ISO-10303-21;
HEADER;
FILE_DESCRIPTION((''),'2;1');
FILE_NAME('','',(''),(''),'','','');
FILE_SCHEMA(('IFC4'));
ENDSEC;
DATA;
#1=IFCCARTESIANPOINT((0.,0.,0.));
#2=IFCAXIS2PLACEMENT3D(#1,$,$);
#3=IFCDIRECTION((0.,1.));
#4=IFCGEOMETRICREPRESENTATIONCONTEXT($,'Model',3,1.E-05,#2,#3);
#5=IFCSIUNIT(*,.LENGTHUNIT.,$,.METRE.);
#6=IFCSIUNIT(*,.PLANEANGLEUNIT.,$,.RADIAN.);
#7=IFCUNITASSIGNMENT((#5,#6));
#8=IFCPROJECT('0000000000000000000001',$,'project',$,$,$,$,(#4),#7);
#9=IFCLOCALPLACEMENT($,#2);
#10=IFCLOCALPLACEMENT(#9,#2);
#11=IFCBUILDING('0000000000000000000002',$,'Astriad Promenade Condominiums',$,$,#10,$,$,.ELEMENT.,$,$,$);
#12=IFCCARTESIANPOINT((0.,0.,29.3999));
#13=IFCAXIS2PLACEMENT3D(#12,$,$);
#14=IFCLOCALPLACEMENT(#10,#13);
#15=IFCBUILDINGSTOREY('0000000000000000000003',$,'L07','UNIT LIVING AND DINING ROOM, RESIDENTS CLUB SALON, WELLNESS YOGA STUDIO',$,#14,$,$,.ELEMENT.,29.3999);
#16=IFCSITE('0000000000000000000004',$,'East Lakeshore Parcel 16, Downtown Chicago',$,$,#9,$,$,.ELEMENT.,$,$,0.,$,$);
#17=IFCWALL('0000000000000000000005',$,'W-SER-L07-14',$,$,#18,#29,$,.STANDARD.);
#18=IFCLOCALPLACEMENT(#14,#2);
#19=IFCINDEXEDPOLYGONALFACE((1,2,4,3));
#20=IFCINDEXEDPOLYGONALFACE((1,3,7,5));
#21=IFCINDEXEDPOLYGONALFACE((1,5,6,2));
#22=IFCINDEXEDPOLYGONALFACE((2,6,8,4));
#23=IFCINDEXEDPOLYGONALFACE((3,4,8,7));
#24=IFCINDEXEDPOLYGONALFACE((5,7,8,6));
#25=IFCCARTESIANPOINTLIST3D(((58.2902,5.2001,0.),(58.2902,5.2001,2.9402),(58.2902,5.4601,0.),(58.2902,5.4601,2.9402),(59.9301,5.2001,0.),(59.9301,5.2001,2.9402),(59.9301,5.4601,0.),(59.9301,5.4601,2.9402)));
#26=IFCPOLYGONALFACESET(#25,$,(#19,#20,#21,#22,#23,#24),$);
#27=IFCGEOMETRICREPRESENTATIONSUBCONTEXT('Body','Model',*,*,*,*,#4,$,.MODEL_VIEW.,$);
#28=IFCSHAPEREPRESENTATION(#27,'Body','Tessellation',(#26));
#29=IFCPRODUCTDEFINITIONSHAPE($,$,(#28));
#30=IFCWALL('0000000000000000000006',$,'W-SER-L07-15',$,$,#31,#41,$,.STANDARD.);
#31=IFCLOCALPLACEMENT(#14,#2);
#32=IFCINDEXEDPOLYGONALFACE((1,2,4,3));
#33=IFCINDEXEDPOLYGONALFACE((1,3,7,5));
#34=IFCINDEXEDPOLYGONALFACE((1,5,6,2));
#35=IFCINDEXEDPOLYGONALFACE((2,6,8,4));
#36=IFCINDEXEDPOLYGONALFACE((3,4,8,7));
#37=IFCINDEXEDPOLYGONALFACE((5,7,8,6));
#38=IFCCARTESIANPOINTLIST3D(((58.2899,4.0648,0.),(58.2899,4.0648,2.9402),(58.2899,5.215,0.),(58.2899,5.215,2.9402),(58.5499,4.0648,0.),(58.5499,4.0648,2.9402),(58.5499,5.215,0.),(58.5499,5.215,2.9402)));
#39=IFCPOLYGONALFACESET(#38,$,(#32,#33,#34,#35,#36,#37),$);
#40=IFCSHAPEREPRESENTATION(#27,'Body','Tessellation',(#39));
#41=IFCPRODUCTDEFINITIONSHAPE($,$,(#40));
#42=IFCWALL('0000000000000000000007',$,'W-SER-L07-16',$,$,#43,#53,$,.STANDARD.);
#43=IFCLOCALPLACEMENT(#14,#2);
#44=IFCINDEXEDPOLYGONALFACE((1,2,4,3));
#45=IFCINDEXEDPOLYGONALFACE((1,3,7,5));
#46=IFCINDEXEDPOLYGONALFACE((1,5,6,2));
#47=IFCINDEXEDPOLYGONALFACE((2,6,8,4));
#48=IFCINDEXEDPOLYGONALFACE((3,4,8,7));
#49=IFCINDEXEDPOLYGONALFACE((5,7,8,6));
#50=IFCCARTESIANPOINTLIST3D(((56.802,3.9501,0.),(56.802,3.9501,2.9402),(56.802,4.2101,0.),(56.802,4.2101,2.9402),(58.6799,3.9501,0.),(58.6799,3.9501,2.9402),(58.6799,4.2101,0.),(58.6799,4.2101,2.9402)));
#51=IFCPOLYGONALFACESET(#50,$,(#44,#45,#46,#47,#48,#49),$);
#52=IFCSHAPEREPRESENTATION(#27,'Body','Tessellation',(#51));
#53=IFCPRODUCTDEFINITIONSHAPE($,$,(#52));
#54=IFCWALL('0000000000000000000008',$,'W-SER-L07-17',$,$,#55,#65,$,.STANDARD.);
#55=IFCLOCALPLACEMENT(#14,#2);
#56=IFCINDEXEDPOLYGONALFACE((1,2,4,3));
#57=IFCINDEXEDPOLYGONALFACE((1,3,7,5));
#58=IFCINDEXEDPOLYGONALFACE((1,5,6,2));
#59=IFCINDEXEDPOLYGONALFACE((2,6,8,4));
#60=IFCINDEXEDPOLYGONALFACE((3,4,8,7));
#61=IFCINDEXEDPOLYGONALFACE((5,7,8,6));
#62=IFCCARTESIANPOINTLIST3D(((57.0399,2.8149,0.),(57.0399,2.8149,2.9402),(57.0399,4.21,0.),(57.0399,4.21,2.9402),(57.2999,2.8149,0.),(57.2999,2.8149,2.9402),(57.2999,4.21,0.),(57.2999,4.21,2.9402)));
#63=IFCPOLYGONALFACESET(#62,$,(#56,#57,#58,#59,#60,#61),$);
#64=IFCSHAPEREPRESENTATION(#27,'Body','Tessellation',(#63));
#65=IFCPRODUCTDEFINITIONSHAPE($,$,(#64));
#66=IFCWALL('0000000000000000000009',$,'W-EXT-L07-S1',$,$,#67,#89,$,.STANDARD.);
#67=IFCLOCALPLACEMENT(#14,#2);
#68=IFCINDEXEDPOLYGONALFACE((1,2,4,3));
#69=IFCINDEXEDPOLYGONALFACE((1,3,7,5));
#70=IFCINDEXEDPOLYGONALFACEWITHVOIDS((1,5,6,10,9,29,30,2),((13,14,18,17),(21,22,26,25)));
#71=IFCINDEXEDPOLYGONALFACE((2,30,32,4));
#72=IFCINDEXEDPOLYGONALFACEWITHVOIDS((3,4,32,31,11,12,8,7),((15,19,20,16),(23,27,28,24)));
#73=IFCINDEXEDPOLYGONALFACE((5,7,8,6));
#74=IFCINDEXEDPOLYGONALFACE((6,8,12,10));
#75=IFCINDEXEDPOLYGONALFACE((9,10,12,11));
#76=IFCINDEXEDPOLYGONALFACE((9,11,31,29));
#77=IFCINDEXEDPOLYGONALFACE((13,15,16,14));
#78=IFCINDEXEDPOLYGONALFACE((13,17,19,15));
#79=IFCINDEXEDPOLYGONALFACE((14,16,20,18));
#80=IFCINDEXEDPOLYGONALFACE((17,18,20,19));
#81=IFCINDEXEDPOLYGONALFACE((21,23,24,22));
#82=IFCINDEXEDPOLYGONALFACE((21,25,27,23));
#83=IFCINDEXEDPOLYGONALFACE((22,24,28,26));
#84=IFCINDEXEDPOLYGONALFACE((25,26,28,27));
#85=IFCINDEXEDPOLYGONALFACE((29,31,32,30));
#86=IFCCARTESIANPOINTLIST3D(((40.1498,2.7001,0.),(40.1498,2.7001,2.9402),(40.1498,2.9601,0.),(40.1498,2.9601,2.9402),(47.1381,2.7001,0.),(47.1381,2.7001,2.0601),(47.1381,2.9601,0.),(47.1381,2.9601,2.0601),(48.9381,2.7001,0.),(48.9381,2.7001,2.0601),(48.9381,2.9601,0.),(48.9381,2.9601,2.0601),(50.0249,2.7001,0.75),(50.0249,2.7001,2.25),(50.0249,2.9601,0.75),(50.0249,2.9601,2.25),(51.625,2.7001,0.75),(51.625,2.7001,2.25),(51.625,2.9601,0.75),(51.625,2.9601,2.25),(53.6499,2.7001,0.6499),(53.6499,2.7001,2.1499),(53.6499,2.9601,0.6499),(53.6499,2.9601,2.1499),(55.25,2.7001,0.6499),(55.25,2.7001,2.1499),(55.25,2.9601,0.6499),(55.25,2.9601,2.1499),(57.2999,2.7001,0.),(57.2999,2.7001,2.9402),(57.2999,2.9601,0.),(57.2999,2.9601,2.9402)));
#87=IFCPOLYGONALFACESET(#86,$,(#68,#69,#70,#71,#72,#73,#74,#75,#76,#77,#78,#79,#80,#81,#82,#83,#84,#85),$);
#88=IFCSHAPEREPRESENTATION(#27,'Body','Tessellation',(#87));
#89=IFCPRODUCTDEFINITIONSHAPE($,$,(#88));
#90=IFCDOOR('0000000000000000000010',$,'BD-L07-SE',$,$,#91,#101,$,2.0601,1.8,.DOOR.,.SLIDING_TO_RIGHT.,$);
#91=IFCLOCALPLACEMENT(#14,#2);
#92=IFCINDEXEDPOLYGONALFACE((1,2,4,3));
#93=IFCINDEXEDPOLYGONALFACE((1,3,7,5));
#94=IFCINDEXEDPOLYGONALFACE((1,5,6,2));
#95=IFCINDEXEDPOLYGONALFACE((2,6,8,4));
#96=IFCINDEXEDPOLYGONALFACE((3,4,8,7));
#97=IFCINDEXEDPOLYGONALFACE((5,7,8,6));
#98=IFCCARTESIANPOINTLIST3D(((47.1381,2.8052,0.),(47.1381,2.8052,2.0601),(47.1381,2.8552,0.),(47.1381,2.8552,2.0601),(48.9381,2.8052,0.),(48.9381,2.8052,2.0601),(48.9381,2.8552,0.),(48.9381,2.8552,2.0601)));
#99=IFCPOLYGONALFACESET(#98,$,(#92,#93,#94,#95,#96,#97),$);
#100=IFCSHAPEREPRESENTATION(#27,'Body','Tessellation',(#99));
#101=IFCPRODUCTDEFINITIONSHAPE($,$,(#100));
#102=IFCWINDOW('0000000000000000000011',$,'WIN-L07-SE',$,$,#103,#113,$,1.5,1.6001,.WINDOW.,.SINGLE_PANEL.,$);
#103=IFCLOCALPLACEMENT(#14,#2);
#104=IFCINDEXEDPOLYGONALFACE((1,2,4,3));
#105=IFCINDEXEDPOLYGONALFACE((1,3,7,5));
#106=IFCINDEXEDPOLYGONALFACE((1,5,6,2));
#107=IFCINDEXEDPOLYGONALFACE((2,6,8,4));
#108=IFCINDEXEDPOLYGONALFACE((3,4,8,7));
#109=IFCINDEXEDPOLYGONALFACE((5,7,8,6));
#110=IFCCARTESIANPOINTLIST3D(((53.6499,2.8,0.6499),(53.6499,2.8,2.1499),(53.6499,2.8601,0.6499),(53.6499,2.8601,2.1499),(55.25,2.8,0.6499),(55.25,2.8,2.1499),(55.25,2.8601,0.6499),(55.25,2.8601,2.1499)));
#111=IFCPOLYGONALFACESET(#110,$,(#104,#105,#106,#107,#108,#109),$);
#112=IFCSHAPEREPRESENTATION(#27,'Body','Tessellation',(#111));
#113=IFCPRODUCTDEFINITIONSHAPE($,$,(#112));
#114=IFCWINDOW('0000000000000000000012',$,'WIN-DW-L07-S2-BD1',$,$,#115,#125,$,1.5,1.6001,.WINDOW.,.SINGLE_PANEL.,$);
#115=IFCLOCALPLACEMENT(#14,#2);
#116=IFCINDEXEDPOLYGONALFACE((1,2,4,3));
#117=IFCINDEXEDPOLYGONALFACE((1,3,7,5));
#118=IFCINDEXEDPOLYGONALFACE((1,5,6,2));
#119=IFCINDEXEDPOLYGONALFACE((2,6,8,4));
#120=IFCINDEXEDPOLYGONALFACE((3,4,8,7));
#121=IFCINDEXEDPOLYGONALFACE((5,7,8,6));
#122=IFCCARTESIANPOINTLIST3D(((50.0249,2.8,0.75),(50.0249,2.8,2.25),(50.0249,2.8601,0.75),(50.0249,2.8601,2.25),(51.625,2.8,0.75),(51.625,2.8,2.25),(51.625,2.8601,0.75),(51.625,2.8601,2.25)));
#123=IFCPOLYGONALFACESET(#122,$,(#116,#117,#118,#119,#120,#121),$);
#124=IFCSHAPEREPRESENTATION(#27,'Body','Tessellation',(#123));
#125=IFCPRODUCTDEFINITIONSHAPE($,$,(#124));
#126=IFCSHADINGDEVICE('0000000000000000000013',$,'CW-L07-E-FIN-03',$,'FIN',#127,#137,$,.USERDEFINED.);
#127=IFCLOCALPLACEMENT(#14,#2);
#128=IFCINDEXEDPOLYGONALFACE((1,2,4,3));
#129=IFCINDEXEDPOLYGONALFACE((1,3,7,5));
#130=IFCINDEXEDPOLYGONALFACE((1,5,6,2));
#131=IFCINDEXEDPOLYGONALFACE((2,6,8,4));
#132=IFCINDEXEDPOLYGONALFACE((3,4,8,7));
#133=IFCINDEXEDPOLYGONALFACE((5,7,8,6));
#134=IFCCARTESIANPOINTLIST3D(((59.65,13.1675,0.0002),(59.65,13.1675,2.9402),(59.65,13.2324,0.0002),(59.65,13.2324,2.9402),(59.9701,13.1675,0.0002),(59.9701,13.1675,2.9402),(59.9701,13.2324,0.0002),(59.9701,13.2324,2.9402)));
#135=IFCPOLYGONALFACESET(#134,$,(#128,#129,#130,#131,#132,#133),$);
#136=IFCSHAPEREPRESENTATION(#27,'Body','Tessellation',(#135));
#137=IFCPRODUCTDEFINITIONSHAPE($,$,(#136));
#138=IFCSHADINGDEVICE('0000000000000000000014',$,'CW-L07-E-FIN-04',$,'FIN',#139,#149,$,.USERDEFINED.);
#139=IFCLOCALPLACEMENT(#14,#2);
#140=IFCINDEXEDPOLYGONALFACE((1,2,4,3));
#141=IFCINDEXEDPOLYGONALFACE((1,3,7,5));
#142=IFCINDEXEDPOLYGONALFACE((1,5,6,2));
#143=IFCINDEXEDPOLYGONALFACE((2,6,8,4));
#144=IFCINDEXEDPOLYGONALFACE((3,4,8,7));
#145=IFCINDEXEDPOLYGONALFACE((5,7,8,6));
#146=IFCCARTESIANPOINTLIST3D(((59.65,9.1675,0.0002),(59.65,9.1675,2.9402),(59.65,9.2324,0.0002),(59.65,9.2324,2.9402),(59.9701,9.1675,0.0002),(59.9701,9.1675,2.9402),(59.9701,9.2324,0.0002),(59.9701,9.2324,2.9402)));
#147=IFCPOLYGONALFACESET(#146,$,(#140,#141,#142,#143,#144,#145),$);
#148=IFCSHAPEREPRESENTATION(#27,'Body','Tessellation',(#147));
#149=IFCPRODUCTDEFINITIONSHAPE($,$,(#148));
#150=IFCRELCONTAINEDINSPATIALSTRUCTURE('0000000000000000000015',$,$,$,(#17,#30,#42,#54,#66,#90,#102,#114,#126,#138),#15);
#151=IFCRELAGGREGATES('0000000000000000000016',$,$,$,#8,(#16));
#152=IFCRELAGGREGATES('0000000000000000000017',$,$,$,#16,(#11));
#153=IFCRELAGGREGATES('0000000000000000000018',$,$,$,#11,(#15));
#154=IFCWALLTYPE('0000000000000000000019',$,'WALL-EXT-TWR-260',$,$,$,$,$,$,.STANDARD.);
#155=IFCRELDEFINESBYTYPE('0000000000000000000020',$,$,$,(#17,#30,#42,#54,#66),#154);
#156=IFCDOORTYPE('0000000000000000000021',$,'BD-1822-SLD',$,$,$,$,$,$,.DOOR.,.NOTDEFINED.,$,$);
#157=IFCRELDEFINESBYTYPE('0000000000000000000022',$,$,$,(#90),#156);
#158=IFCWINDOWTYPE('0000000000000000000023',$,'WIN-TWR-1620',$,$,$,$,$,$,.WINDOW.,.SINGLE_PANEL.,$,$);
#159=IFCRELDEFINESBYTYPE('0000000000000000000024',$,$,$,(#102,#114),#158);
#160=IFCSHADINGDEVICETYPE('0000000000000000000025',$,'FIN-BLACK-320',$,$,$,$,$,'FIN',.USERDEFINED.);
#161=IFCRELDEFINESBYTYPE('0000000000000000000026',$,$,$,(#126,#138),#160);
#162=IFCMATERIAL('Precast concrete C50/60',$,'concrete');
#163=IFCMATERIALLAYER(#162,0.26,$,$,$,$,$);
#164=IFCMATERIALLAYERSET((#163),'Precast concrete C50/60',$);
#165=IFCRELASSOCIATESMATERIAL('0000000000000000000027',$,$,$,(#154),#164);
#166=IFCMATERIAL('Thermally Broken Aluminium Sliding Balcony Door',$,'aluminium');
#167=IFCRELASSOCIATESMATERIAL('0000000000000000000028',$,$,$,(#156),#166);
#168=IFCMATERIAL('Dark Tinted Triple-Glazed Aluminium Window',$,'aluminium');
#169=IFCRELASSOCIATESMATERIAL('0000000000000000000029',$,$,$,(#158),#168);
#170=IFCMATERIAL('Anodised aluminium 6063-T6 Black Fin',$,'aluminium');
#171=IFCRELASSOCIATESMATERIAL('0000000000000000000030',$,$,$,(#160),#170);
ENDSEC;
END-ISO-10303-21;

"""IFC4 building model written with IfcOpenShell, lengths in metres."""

from ifc_helpers import new_model, si_unit, direction, frame, frame_2d, origin, origin_2d, place, context, subcontext, project, spatial, rectangle, extrude, source, transform, mapped, material, layer, layer_set, type_object, type_shapes, element, fill, save


model = new_model("IFC4")

# Units and contexts
model_context = context("Model", 3, precision=1e-05, world=origin(), true_north=direction((0.0, 1.0)))
body_context = subcontext(model_context, "Body", "Model", "MODEL_VIEW")
ifc_project = project(units=[si_unit("LENGTHUNIT", "METRE"), si_unit("PLANEANGLEUNIT", "RADIAN")], contexts=[model_context])

# Site, building, storey
site_placement = place(None, origin())
site = spatial("IfcSite", under=ifc_project, at=site_placement, Name="East Lakeshore Parcel 16, Downtown Chicago", CompositionType="ELEMENT", RefElevation=0.0)
building_placement = place(site_placement, origin())
building = spatial("IfcBuilding", under=site, at=building_placement, Name="Astriad Promenade Condominiums", CompositionType="ELEMENT")
storey_placement = place(building_placement, frame((0.0, 0.0, 29.3999)))
storey = spatial("IfcBuildingStorey", under=building, at=storey_placement, Name="L07", Description="UNIT LIVING AND DINING ROOM, RESIDENTS CLUB SALON, WELLNESS YOGA STUDIO", CompositionType="ELEMENT", Elevation=29.3999)

# Walls
ifc_material_1 = material(Name="Precast concrete C50/60", Category="concrete")
ifc_layer_1 = layer(ifc_material_1, 0.26)
ifc_layer_set_1 = layer_set([ifc_layer_1], Name="Precast concrete C50/60")
wall_type = type_object("IfcWallType", Name="WALL-EXT-TWR-260", PredefinedType="STANDARD", material=ifc_layer_set_1)
wall_1_placement = place(storey_placement, frame((59.9299, 5.3301, 0.0), z_axis=(0.0, 0.0, 1.0), x_axis=(-1.0, 0.0, 0.0)))
element("IfcWall", 1, at=wall_1_placement, inside=storey, type_object=wall_type, Name="W-SER-L07-14", PredefinedType="STANDARD", context=body_context, shape_type="SweptSolid", body=[
    extrude(rectangle(XDim=1.6399, YDim=0.26, at=frame_2d((0.8198, 0.0))), origin(), (0.0, 0.0, 1.0), 2.9402),
])
wall_2_placement = place(storey_placement, frame((58.4199, 5.2151, 0.0), z_axis=(0.0, 0.0, 1.0), x_axis=(0.0, -1.0, 0.0)))
element("IfcWall", 2, at=wall_2_placement, inside=storey, type_object=wall_type, Name="W-SER-L07-15", PredefinedType="STANDARD", context=body_context, shape_type="SweptSolid", body=[
    extrude(rectangle(XDim=1.1501, YDim=0.26, at=frame_2d((0.5752, 0.0))), origin(), (0.0, 0.0, 1.0), 2.9402),
])
wall_3_placement = place(storey_placement, frame((58.6799, 4.0801, 0.0), z_axis=(0.0, 0.0, 1.0), x_axis=(-1.0, 0.0, 0.0)))
element("IfcWall", 3, at=wall_3_placement, inside=storey, type_object=wall_type, Name="W-SER-L07-16", PredefinedType="STANDARD", context=body_context, shape_type="SweptSolid", body=[
    extrude(rectangle(XDim=1.8779, YDim=0.26, at=frame_2d((0.939, 0.0))), origin(), (0.0, 0.0, 1.0), 2.9402),
])
wall_4_placement = place(storey_placement, frame((57.1699, 4.21, 0.0), z_axis=(0.0, 0.0, 1.0), x_axis=(0.0, -1.0, 0.0)))
element("IfcWall", 4, at=wall_4_placement, inside=storey, type_object=wall_type, Name="W-SER-L07-17", PredefinedType="STANDARD", context=body_context, shape_type="SweptSolid", body=[
    extrude(rectangle(XDim=1.395, YDim=0.26, at=frame_2d((0.6975, 0.0))), origin(), (0.0, 0.0, 1.0), 2.9402),
])

# Wall, openings, door, windows
wall_5_placement = place(storey_placement, frame((57.3, 2.8301, 0.0), z_axis=(0.0, 0.0, 1.0), x_axis=(-1.0, 0.0, 0.0)))
wall_5 = element("IfcWall", 5, at=wall_5_placement, inside=storey, type_object=wall_type, Name="W-EXT-L07-S1", PredefinedType="STANDARD", context=body_context, shape_type="SweptSolid", body=[
    extrude(rectangle(XDim=17.1501, YDim=0.26, at=frame_2d((8.5752, 0.0))), origin(), (0.0, 0.0, 1.0), 2.9402),
])
opening_1_placement = place(wall_5_placement, frame((8.3621, 0.0, 0.0)))
opening_1 = element("IfcOpeningElement", 6, at=opening_1_placement, cuts=wall_5, PredefinedType="OPENING", context=body_context, shape_type="SweptSolid", body=[
    extrude(rectangle(XDim=1.8, YDim=2.0601, at=frame_2d((0.8999, 1.03))), frame((0.0, 0.1399, 0.0), z_axis=(0.0, -1.0, 0.0), x_axis=(1.0, 0.0, 0.0)), (0.0, 0.0, 1.0), 0.28),
])
opening_2_placement = place(wall_5_placement, frame((2.05, 0.0, 0.6499)))
opening_2 = element("IfcOpeningElement", 7, at=opening_2_placement, cuts=wall_5, PredefinedType="OPENING", context=body_context, shape_type="SweptSolid", body=[
    extrude(rectangle(XDim=1.6001, YDim=1.5, at=frame_2d((0.8, 0.75))), frame((0.0, 0.1399, 0.0), z_axis=(0.0, -1.0, 0.0), x_axis=(1.0, 0.0, 0.0)), (0.0, 0.0, 1.0), 0.28),
])
opening_3_placement = place(wall_5_placement, frame((5.675, 0.0, 0.75)))
opening_3 = element("IfcOpeningElement", 8, at=opening_3_placement, cuts=wall_5, PredefinedType="OPENING", context=body_context, shape_type="SweptSolid", body=[
    extrude(rectangle(XDim=1.6001, YDim=1.5, at=frame_2d((0.8, 0.75))), frame((0.0, 0.1399, 0.0), z_axis=(0.0, -1.0, 0.0), x_axis=(1.0, 0.0, 0.0)), (0.0, 0.0, 1.0), 0.28),
])
ifc_material_2 = material(Name="Thermally Broken Aluminium Sliding Balcony Door", Category="aluminium")
door_type = type_object("IfcDoorType", Name="BD-1822-SLD", OperationType="NOTDEFINED", PredefinedType="DOOR", material=ifc_material_2)
shared_shape_1 = source(origin(), body_context, "Body", "SweptSolid", [
    extrude(rectangle(XDim=1.8, YDim=2.0601, at=frame_2d((0.8999, 1.03))), frame((0.0, 0.0249, 0.0), z_axis=(0.0, -1.0, 0.0), x_axis=(1.0, 0.0, 0.0)), (0.0, 0.0, 1.0), 0.05),
])
type_shapes(door_type, [shared_shape_1])
door_placement = place(opening_1_placement, origin())
door = element("IfcDoor", 9, at=door_placement, inside=storey, type_object=door_type, Name="BD-L07-SE", OperationType="SLIDING_TO_RIGHT", OverallHeight=2.0601, OverallWidth=1.8, PredefinedType="DOOR", context=body_context, shape_type="MappedRepresentation", body=[
    mapped(shared_shape_1, transform((0.0, 0.0, 0.0), scale=1.0)),
])
fill(opening_1, door)
ifc_material_3 = material(Name="Dark Tinted Triple-Glazed Aluminium Window", Category="aluminium")
window_type = type_object("IfcWindowType", Name="WIN-TWR-1620", PartitioningType="SINGLE_PANEL", PredefinedType="WINDOW", material=ifc_material_3)
shared_shape_2 = source(origin(), body_context, "Body", "SweptSolid", [
    extrude(rectangle(XDim=1.6001, YDim=1.5, at=frame_2d((0.8, 0.75))), frame((0.0, 0.03, 0.0), z_axis=(0.0, -1.0, 0.0), x_axis=(1.0, 0.0, 0.0)), (0.0, 0.0, 1.0), 0.0601),
])
type_shapes(window_type, [shared_shape_2])
window_1_placement = place(opening_2_placement, origin())
window_1 = element("IfcWindow", 10, at=window_1_placement, inside=storey, type_object=window_type, Name="WIN-L07-SE", OverallHeight=1.5, OverallWidth=1.6001, PartitioningType="SINGLE_PANEL", PredefinedType="WINDOW", context=body_context, shape_type="MappedRepresentation", body=[
    mapped(shared_shape_2, transform((0.0, 0.0, 0.0), scale=1.0)),
])
fill(opening_2, window_1)
window_2_placement = place(opening_3_placement, origin())
window_2 = element("IfcWindow", 11, at=window_2_placement, inside=storey, type_object=window_type, Name="WIN-DW-L07-S2-BD1", OverallHeight=1.5, OverallWidth=1.6001, PartitioningType="SINGLE_PANEL", PredefinedType="WINDOW", context=body_context, shape_type="MappedRepresentation", body=[
    mapped(shared_shape_2, transform((0.0, 0.0, 0.0), scale=1.0)),
])
fill(opening_3, window_2)

# Shading devices
ifc_material_4 = material(Name="Anodised aluminium 6063-T6 Black Fin", Category="aluminium")
shading_device_type = type_object("IfcShadingDeviceType", Name="FIN-BLACK-320", ElementType="FIN", PredefinedType="USERDEFINED", material=ifc_material_4)
shared_shape_3 = source(origin(), body_context, "Body", "SweptSolid", [
    extrude(rectangle(XDim=0.0649, YDim=0.3201, at=origin_2d()), origin(), (0.0, 0.0, 1.0), 2.9399),
])
type_shapes(shading_device_type, [shared_shape_3])
for number, where, z_axis, x_axis, name in (
    (12, (59.8101, 13.2, 0.0002), (0.0, 0.0, 1.0), (0.0, -1.0, 0.0), "CW-L07-E-FIN-03"),
    (13, (59.8101, 9.2, 0.0002), (0.0, 0.0, 1.0), (0.0, -1.0, 0.0), "CW-L07-E-FIN-04"),
):
    element("IfcShadingDevice", number, at=place(storey_placement, frame(where, z_axis=z_axis, x_axis=x_axis)), inside=storey, type_object=shading_device_type, Name=name, ObjectType="FIN", PredefinedType="USERDEFINED", context=body_context, shape_type="MappedRepresentation", body=[
        mapped(shared_shape_3, transform((0.0, 0.0, 0.0), scale=1.0)),
    ])

save(model, "model.ifc")
